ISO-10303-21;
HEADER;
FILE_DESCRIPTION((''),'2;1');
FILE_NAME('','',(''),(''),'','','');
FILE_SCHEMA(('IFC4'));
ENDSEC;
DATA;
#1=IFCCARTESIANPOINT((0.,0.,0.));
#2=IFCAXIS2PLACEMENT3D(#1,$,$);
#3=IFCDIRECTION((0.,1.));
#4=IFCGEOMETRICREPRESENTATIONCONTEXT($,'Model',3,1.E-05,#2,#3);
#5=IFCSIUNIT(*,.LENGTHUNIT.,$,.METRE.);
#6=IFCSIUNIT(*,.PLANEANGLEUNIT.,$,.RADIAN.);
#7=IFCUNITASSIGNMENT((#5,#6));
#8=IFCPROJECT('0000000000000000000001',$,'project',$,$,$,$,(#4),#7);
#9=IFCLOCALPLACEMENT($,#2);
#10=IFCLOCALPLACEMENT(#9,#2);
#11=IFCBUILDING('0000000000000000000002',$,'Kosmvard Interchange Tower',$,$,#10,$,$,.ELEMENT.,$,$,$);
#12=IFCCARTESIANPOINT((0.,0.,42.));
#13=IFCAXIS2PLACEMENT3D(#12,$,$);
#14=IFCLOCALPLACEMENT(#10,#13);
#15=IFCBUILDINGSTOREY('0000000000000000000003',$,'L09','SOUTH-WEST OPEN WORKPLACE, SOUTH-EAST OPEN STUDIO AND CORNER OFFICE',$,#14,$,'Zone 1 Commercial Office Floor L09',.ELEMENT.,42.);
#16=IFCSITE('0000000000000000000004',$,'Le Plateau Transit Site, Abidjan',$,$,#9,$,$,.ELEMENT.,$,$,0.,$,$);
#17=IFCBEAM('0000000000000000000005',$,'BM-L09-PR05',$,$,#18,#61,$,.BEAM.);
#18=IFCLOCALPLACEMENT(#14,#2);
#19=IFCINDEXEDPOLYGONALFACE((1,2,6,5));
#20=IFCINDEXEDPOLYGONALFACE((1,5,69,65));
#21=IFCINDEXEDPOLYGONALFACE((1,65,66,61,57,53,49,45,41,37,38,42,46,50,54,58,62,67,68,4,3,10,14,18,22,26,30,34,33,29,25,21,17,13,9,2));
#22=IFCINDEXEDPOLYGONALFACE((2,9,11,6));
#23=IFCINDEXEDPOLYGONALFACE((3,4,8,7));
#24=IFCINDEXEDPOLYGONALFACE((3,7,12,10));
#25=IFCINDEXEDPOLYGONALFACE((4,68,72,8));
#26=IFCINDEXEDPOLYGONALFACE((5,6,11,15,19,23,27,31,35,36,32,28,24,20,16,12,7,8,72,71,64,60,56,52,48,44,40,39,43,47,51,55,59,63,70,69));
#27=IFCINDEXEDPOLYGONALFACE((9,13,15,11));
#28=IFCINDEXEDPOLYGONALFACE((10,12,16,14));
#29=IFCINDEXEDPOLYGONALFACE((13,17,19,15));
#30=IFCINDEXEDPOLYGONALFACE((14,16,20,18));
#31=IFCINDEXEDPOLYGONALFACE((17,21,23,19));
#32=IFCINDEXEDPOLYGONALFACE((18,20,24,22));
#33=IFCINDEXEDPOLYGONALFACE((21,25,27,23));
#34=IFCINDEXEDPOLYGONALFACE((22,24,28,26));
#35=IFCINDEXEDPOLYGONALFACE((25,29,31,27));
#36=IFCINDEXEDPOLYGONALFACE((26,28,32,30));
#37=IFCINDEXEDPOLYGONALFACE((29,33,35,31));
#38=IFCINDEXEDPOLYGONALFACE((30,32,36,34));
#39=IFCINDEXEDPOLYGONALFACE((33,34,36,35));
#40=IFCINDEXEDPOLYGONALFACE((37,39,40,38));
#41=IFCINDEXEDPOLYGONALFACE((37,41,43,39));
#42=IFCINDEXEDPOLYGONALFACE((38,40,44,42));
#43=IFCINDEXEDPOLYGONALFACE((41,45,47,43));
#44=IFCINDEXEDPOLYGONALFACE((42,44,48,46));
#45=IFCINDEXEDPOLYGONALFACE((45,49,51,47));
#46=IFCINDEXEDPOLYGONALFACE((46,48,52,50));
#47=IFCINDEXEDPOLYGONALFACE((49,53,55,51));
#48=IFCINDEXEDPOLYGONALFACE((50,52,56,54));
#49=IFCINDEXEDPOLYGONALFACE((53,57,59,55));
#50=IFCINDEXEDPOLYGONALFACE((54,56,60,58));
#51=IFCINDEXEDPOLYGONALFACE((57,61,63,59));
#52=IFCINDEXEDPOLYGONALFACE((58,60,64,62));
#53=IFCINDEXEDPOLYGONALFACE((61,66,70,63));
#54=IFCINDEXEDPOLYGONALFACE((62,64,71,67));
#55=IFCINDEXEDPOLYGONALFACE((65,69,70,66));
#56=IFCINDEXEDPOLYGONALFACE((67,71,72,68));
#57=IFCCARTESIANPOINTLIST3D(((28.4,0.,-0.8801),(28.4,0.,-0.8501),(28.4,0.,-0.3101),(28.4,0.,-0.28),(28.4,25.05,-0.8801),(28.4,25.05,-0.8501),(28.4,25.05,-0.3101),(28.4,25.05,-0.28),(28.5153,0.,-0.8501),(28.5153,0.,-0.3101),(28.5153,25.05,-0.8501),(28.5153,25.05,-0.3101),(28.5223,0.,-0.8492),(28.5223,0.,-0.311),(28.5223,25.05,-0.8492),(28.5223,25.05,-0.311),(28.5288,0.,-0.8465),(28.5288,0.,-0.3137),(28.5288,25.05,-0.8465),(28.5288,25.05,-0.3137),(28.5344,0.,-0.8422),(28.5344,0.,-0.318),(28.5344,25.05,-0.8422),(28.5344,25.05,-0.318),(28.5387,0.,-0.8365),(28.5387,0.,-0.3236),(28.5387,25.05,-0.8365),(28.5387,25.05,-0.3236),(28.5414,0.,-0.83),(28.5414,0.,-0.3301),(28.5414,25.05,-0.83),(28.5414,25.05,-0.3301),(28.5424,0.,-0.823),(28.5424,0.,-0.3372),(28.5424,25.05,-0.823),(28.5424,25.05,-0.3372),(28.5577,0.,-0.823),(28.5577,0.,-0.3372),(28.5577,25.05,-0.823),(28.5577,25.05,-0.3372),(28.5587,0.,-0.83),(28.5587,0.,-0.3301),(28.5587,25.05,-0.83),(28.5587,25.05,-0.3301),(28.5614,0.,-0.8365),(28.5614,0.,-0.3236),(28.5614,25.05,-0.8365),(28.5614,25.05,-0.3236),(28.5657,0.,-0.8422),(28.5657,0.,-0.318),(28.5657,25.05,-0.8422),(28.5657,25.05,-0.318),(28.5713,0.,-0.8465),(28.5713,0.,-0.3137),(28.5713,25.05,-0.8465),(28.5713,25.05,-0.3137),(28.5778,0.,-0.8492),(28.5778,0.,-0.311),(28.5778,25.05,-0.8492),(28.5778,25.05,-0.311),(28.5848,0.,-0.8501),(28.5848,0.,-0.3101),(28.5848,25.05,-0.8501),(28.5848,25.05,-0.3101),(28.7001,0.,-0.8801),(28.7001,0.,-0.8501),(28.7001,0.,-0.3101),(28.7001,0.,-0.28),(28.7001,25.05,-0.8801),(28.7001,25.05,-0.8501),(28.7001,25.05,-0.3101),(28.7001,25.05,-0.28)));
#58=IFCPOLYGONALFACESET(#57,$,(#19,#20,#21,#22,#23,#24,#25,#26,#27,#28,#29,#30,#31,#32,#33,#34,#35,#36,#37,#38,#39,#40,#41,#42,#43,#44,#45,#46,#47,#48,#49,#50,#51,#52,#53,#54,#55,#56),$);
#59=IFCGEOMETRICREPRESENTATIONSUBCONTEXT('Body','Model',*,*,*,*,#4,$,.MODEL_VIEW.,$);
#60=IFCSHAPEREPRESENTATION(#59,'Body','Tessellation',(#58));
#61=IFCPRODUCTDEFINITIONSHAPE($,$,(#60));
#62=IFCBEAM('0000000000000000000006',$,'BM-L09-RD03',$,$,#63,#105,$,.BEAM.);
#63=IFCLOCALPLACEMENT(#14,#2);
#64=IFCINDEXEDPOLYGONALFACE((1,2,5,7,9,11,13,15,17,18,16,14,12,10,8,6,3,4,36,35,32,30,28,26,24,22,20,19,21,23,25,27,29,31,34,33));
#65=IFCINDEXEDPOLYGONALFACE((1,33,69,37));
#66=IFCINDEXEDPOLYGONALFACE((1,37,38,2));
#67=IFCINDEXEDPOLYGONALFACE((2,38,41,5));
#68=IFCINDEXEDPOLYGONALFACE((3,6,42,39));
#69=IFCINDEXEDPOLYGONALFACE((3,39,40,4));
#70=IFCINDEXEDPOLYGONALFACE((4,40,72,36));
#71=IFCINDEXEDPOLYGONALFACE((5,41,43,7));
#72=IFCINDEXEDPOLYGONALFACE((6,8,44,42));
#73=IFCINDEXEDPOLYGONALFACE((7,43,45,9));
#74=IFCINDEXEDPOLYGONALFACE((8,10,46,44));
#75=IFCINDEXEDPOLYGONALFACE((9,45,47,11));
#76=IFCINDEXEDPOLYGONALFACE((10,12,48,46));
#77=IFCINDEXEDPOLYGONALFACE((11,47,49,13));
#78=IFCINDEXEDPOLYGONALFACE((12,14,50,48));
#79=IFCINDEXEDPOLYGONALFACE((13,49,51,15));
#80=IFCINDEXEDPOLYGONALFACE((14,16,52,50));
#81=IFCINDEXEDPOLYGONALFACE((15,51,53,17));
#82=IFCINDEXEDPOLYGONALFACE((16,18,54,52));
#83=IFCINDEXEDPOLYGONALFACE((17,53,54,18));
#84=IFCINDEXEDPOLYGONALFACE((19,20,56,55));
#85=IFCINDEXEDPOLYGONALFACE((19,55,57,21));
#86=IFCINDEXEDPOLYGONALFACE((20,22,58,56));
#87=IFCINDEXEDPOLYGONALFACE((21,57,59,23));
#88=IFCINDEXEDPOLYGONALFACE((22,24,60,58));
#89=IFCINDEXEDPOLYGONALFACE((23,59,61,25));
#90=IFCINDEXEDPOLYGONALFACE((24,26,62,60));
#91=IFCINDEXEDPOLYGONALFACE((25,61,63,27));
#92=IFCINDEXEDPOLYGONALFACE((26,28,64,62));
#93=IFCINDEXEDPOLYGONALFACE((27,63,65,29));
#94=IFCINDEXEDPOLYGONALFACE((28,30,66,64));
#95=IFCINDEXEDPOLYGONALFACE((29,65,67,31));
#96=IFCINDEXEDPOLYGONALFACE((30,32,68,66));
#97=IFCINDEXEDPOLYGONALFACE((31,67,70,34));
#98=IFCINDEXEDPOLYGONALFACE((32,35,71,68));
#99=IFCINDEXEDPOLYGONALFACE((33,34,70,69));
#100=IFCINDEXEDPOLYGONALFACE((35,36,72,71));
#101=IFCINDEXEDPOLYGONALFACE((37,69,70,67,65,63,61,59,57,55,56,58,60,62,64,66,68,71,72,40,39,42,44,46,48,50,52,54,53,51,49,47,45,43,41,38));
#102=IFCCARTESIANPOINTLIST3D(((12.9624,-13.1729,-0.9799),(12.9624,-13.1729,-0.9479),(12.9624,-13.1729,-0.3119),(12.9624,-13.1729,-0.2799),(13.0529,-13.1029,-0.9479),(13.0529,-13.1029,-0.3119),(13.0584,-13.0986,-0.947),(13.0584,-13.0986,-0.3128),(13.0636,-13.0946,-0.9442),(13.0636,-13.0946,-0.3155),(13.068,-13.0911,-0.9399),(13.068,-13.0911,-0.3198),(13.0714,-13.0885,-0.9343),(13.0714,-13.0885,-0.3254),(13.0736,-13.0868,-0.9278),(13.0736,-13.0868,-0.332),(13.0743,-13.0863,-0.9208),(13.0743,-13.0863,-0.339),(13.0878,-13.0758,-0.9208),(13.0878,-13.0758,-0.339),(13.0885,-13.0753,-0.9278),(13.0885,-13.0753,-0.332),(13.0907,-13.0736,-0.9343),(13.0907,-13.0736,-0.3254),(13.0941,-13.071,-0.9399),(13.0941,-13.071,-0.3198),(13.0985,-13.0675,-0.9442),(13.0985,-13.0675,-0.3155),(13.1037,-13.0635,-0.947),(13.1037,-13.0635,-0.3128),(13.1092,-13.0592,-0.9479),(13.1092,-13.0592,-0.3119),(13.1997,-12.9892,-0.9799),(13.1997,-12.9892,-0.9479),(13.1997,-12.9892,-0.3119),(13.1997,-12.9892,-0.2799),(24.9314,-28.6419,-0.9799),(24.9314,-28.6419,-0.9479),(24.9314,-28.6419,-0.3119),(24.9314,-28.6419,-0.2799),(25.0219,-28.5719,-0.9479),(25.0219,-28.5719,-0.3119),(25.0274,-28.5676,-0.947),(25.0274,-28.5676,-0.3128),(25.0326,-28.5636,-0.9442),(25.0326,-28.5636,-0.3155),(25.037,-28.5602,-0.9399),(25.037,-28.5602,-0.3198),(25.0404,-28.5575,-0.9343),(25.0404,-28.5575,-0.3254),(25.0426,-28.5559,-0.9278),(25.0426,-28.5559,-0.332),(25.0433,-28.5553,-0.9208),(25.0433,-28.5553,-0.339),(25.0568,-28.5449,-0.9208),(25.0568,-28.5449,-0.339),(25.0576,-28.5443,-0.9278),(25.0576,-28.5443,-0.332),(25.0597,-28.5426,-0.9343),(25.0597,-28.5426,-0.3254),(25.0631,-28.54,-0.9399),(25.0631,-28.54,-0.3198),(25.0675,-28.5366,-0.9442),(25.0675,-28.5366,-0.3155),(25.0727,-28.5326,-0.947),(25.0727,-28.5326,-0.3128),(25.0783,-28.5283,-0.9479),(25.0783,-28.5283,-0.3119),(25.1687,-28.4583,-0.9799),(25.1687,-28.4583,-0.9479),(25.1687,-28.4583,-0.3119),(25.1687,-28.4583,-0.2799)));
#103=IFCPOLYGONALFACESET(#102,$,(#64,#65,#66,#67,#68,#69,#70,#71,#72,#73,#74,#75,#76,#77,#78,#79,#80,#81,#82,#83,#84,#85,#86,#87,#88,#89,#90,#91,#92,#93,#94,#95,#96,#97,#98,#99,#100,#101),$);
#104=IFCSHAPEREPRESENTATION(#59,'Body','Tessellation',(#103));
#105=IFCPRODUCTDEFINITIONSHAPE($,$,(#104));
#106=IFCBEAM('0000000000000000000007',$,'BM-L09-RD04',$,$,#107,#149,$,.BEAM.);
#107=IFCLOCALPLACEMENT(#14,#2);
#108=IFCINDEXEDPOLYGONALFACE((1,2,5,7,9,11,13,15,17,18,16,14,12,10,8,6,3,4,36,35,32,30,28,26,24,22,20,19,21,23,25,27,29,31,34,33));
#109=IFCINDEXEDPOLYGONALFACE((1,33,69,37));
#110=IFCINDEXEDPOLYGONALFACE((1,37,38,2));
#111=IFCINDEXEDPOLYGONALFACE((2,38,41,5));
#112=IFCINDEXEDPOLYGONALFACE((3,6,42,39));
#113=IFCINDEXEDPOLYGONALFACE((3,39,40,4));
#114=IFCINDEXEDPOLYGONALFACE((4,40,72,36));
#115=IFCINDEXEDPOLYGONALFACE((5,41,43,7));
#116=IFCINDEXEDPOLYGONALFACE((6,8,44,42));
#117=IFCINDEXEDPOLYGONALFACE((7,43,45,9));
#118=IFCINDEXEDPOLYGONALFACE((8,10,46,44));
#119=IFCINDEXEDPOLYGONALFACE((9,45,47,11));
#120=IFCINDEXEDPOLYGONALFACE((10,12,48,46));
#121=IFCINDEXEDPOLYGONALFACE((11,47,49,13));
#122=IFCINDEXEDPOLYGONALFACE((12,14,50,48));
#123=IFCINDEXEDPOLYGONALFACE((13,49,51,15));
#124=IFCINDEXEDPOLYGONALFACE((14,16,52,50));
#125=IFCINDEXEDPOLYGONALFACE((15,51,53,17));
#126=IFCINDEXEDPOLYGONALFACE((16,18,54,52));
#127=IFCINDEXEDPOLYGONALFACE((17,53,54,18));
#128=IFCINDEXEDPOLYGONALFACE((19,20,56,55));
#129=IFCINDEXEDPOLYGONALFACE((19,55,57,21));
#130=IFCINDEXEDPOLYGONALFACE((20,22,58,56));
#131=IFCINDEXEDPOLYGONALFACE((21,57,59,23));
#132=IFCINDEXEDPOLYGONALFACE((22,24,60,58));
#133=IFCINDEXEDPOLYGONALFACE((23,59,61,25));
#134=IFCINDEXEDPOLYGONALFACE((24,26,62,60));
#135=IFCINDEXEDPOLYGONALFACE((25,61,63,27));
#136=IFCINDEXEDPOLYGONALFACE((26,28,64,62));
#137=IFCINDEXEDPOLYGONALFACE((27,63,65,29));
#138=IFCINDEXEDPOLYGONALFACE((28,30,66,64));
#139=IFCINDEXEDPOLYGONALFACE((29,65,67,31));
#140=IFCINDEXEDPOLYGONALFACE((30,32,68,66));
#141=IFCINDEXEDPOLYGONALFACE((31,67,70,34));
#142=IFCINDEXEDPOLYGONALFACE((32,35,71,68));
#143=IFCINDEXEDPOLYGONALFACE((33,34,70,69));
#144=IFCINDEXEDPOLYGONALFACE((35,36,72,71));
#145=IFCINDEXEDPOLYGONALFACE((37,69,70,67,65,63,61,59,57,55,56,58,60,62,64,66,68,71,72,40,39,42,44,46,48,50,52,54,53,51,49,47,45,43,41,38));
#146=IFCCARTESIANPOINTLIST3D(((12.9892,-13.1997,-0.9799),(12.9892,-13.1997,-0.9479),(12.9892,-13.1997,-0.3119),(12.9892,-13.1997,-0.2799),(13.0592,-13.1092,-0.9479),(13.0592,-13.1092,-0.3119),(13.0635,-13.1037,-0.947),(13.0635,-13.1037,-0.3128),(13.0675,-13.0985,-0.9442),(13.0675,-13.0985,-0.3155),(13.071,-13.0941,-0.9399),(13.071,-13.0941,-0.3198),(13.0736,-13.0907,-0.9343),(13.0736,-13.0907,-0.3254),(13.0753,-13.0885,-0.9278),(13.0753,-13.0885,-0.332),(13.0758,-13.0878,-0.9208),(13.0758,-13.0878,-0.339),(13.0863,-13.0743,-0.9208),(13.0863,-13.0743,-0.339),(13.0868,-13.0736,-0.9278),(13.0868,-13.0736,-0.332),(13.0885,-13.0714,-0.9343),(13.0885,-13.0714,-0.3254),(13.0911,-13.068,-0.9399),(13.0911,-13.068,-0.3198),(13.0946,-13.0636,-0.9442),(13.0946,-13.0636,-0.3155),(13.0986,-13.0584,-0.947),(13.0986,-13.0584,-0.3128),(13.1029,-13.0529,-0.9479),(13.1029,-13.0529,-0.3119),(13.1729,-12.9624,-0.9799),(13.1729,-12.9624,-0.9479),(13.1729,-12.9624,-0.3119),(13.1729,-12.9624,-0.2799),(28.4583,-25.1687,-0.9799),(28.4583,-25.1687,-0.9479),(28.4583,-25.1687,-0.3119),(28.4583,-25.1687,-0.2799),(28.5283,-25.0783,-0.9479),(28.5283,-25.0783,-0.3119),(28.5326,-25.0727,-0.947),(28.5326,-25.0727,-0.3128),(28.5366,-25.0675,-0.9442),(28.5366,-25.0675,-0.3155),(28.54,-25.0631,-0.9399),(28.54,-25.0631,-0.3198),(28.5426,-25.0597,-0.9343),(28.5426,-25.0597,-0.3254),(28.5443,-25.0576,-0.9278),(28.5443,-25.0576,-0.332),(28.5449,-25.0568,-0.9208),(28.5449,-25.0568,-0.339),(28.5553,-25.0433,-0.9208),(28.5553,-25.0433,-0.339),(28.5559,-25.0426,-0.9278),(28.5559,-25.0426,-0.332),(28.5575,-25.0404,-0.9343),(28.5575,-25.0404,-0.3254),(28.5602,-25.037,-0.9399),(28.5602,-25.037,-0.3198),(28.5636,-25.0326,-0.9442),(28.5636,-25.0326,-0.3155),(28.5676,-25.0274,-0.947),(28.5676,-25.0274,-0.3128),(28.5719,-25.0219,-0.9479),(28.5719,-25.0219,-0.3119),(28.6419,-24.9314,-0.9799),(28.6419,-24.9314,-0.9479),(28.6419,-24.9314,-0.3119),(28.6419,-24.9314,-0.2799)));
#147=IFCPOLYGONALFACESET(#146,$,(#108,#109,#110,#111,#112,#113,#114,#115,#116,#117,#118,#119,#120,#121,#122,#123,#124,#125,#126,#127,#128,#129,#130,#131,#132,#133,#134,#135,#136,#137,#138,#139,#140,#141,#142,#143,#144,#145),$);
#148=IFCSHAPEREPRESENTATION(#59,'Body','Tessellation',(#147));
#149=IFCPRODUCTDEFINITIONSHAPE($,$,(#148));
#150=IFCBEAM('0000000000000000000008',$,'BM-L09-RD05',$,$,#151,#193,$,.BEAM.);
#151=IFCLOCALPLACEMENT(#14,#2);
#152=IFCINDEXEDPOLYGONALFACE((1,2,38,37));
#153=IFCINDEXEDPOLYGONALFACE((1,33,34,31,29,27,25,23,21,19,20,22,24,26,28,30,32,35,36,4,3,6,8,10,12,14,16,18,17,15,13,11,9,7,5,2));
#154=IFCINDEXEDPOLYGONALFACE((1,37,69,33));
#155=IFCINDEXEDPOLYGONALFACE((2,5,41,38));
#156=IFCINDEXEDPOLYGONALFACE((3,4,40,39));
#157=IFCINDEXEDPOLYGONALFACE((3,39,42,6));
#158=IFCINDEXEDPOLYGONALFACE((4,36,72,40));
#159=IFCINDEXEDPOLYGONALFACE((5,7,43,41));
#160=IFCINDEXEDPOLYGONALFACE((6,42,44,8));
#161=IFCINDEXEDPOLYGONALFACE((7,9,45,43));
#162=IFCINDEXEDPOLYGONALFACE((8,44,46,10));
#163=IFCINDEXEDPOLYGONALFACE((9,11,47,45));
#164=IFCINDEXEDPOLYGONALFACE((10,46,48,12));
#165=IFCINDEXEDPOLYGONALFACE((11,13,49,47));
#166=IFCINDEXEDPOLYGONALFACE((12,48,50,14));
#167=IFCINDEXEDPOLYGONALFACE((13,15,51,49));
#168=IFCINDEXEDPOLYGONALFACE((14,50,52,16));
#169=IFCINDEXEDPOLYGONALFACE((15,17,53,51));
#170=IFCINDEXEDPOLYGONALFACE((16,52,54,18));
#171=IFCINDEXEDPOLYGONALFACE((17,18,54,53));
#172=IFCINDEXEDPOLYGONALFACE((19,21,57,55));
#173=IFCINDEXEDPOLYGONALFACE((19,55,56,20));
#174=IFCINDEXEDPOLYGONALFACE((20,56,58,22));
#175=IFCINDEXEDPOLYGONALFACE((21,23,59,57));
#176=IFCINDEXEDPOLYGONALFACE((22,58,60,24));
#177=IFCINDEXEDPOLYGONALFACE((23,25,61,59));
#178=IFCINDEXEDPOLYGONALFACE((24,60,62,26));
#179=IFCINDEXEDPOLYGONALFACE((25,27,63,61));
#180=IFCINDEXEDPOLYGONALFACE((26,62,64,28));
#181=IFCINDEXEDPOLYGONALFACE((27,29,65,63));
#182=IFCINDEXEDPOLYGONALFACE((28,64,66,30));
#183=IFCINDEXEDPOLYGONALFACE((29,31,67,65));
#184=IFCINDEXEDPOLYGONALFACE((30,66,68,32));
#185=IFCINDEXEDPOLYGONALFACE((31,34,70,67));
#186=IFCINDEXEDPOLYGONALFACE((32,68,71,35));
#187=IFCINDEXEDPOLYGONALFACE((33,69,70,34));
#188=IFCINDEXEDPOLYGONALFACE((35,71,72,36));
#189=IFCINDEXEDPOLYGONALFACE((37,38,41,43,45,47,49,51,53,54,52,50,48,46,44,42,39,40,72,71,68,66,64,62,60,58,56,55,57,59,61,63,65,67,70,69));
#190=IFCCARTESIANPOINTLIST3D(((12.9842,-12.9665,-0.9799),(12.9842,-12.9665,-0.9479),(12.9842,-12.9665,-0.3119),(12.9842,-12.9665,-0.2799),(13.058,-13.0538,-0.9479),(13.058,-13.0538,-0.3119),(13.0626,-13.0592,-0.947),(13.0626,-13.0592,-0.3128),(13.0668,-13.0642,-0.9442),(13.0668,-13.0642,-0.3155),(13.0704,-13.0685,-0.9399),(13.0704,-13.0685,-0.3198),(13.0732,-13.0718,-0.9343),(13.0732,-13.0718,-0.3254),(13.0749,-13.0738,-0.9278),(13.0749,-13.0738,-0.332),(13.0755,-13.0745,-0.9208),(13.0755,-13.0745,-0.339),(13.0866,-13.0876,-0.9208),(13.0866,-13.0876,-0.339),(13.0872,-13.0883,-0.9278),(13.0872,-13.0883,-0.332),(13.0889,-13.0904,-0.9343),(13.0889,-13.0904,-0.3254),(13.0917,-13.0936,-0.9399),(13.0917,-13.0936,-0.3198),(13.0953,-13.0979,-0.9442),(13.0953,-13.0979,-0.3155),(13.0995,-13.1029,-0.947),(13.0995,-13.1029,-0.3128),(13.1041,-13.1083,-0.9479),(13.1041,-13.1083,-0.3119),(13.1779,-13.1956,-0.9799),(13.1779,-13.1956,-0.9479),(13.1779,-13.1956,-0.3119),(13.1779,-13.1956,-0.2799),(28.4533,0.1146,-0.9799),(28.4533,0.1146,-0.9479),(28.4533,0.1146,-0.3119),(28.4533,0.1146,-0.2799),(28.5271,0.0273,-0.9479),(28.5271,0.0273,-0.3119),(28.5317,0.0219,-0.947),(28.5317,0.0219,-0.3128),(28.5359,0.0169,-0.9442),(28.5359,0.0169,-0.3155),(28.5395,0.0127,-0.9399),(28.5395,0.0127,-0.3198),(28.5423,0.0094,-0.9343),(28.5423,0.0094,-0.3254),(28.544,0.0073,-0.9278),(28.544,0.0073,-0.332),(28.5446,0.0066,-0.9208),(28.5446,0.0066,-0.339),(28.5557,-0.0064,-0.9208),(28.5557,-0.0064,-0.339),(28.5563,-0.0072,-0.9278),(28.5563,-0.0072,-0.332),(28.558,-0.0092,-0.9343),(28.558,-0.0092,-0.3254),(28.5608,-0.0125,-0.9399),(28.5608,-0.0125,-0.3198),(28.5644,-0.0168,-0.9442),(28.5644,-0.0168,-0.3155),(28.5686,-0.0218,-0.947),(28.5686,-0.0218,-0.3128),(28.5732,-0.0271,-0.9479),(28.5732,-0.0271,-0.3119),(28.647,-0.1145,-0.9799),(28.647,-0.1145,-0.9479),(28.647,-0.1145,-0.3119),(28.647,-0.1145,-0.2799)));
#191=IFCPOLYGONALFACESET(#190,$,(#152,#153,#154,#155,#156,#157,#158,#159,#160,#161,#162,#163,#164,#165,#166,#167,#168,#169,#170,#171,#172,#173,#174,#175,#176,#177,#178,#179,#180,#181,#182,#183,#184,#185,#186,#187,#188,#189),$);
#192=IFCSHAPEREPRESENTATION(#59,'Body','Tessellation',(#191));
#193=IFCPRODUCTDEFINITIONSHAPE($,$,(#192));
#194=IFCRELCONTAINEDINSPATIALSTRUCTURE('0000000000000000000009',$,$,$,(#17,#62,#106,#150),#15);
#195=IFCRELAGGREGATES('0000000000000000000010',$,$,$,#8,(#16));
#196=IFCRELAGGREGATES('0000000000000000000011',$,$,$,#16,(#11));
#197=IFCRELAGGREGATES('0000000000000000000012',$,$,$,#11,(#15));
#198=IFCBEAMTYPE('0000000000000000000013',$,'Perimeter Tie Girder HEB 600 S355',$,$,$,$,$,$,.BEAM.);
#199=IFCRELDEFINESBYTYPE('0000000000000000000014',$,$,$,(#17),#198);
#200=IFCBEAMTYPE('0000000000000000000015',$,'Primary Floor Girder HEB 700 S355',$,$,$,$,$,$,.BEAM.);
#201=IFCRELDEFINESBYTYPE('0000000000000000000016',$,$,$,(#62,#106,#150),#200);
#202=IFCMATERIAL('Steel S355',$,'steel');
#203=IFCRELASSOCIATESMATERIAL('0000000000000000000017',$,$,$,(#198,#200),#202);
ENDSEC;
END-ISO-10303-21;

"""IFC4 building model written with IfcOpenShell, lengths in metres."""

from ifc_helpers import new_model, si_unit, direction, frame, origin, origin_2d, place, context, subcontext, project, spatial, i_section, extrude, source, transform, mapped, material, material_profile, profile_set, type_object, element, save


model = new_model("IFC4")

# Units and contexts
model_context = context("Model", 3, precision=1e-05, world=origin(), true_north=direction((0.0, 1.0)))
body_context = subcontext(model_context, "Body", "Model", "MODEL_VIEW")
ifc_project = project(units=[si_unit("LENGTHUNIT", "METRE"), si_unit("PLANEANGLEUNIT", "RADIAN")], contexts=[model_context])

# Site, building, storey
site_placement = place(None, origin())
site = spatial("IfcSite", under=ifc_project, at=site_placement, Name="Le Plateau Transit Site, Abidjan", CompositionType="ELEMENT", RefElevation=0.0)
building_placement = place(site_placement, origin())
building = spatial("IfcBuilding", under=site, at=building_placement, Name="Kosmvard Interchange Tower", CompositionType="ELEMENT")
storey_placement = place(building_placement, frame((0.0, 0.0, 42.0)))
storey = spatial("IfcBuildingStorey", under=building, at=storey_placement, Name="L09", Description="SOUTH-WEST OPEN WORKPLACE, SOUTH-EAST OPEN STUDIO AND CORNER OFFICE", LongName="Zone 1 Commercial Office Floor L09", CompositionType="ELEMENT", Elevation=42.0)

# Beams
ifc_material_1 = material(Name="Steel S355", Category="steel")
ifc_material_profile_1 = material_profile(ifc_material_1, i_section(OverallWidth=0.3, OverallDepth=0.6001, WebThickness=0.0154, FlangeThickness=0.03, FilletRadius=0.0271, at=origin_2d()), Name="HEB 600")
ifc_profile_set_1 = profile_set([ifc_material_profile_1], Name="Steel S355")
beam_type_1 = type_object("IfcBeamType", Name="Perimeter Tie Girder HEB 600 S355", PredefinedType="BEAM", material=ifc_profile_set_1)
shared_shape_1 = source(origin(), body_context, "Body", "SweptSolid", [
    extrude(i_section(OverallWidth=0.3, OverallDepth=0.6001, WebThickness=0.0154, FlangeThickness=0.03, FilletRadius=0.0271, at=origin_2d()), origin(), (0.0, 0.0, 1.0), 25.05),
])
for number, where, z_axis, x_axis, name in (
    (1, (28.55, 0.0, -0.5801), (0.0, 1.0, 0.0), (-1.0, 0.0, 0.0), "BM-L09-PR05"),
):
    element("IfcBeam", number, at=place(storey_placement, frame(where, z_axis=z_axis, x_axis=x_axis)), inside=storey, type_object=beam_type_1, Name=name, PredefinedType="BEAM", context=body_context, shape_type="MappedRepresentation", body=[
        mapped(shared_shape_1, transform((0.0, 0.0, 0.0), scale=1.0)),
    ])
ifc_material_profile_2 = material_profile(ifc_material_1, i_section(OverallWidth=0.3, OverallDepth=0.7, WebThickness=0.0171, FlangeThickness=0.032, FilletRadius=0.0271, at=origin_2d()), Name="HEB 700")
ifc_profile_set_2 = profile_set([ifc_material_profile_2], Name="Steel S355")
beam_type_2 = type_object("IfcBeamType", Name="Primary Floor Girder HEB 700 S355", PredefinedType="BEAM", material=ifc_profile_set_2)
shared_shape_2 = source(origin(), body_context, "Body", "SweptSolid", [
    extrude(i_section(OverallWidth=0.3, OverallDepth=0.7, WebThickness=0.0171, FlangeThickness=0.032, FilletRadius=0.0271, at=origin_2d()), origin(), (0.0, 0.0, 1.0), 19.5588),
])
for number, where, z_axis, x_axis, name in (
    (2, (13.0811, -13.0811, -0.6299), (0.611949, -0.790897, 0.0), (0.790897, 0.611949, 0.0), "BM-L09-RD03"),
    (3, (13.0811, -13.0811, -0.6299), (0.790897, -0.611949, 0.0), (0.611949, 0.790897, 0.0), "BM-L09-RD04"),
):
    element("IfcBeam", number, at=place(storey_placement, frame(where, z_axis=z_axis, x_axis=x_axis)), inside=storey, type_object=beam_type_2, Name=name, PredefinedType="BEAM", context=body_context, shape_type="MappedRepresentation", body=[
        mapped(shared_shape_2, transform((0.0, 0.0, 0.0), scale=1.0)),
    ])
shared_shape_3 = source(origin(), body_context, "Body", "SweptSolid", [
    extrude(i_section(OverallWidth=0.3, OverallDepth=0.7, WebThickness=0.0171, FlangeThickness=0.032, FilletRadius=0.0271, at=origin_2d()), origin(), (0.0, 0.0, 1.0), 20.2585),
])
beam_1_placement = place(storey_placement, frame((13.0811, -13.0811, -0.6299), z_axis=(0.763583, 0.645709, 0.0), x_axis=(-0.645709, 0.763583, 0.0)))
element("IfcBeam", 4, at=beam_1_placement, inside=storey, type_object=beam_type_2, Name="BM-L09-RD05", PredefinedType="BEAM", context=body_context, shape_type="MappedRepresentation", body=[
    mapped(shared_shape_3, transform((0.0, 0.0, 0.0), scale=1.0)),
])

save(model, "model.ifc")
